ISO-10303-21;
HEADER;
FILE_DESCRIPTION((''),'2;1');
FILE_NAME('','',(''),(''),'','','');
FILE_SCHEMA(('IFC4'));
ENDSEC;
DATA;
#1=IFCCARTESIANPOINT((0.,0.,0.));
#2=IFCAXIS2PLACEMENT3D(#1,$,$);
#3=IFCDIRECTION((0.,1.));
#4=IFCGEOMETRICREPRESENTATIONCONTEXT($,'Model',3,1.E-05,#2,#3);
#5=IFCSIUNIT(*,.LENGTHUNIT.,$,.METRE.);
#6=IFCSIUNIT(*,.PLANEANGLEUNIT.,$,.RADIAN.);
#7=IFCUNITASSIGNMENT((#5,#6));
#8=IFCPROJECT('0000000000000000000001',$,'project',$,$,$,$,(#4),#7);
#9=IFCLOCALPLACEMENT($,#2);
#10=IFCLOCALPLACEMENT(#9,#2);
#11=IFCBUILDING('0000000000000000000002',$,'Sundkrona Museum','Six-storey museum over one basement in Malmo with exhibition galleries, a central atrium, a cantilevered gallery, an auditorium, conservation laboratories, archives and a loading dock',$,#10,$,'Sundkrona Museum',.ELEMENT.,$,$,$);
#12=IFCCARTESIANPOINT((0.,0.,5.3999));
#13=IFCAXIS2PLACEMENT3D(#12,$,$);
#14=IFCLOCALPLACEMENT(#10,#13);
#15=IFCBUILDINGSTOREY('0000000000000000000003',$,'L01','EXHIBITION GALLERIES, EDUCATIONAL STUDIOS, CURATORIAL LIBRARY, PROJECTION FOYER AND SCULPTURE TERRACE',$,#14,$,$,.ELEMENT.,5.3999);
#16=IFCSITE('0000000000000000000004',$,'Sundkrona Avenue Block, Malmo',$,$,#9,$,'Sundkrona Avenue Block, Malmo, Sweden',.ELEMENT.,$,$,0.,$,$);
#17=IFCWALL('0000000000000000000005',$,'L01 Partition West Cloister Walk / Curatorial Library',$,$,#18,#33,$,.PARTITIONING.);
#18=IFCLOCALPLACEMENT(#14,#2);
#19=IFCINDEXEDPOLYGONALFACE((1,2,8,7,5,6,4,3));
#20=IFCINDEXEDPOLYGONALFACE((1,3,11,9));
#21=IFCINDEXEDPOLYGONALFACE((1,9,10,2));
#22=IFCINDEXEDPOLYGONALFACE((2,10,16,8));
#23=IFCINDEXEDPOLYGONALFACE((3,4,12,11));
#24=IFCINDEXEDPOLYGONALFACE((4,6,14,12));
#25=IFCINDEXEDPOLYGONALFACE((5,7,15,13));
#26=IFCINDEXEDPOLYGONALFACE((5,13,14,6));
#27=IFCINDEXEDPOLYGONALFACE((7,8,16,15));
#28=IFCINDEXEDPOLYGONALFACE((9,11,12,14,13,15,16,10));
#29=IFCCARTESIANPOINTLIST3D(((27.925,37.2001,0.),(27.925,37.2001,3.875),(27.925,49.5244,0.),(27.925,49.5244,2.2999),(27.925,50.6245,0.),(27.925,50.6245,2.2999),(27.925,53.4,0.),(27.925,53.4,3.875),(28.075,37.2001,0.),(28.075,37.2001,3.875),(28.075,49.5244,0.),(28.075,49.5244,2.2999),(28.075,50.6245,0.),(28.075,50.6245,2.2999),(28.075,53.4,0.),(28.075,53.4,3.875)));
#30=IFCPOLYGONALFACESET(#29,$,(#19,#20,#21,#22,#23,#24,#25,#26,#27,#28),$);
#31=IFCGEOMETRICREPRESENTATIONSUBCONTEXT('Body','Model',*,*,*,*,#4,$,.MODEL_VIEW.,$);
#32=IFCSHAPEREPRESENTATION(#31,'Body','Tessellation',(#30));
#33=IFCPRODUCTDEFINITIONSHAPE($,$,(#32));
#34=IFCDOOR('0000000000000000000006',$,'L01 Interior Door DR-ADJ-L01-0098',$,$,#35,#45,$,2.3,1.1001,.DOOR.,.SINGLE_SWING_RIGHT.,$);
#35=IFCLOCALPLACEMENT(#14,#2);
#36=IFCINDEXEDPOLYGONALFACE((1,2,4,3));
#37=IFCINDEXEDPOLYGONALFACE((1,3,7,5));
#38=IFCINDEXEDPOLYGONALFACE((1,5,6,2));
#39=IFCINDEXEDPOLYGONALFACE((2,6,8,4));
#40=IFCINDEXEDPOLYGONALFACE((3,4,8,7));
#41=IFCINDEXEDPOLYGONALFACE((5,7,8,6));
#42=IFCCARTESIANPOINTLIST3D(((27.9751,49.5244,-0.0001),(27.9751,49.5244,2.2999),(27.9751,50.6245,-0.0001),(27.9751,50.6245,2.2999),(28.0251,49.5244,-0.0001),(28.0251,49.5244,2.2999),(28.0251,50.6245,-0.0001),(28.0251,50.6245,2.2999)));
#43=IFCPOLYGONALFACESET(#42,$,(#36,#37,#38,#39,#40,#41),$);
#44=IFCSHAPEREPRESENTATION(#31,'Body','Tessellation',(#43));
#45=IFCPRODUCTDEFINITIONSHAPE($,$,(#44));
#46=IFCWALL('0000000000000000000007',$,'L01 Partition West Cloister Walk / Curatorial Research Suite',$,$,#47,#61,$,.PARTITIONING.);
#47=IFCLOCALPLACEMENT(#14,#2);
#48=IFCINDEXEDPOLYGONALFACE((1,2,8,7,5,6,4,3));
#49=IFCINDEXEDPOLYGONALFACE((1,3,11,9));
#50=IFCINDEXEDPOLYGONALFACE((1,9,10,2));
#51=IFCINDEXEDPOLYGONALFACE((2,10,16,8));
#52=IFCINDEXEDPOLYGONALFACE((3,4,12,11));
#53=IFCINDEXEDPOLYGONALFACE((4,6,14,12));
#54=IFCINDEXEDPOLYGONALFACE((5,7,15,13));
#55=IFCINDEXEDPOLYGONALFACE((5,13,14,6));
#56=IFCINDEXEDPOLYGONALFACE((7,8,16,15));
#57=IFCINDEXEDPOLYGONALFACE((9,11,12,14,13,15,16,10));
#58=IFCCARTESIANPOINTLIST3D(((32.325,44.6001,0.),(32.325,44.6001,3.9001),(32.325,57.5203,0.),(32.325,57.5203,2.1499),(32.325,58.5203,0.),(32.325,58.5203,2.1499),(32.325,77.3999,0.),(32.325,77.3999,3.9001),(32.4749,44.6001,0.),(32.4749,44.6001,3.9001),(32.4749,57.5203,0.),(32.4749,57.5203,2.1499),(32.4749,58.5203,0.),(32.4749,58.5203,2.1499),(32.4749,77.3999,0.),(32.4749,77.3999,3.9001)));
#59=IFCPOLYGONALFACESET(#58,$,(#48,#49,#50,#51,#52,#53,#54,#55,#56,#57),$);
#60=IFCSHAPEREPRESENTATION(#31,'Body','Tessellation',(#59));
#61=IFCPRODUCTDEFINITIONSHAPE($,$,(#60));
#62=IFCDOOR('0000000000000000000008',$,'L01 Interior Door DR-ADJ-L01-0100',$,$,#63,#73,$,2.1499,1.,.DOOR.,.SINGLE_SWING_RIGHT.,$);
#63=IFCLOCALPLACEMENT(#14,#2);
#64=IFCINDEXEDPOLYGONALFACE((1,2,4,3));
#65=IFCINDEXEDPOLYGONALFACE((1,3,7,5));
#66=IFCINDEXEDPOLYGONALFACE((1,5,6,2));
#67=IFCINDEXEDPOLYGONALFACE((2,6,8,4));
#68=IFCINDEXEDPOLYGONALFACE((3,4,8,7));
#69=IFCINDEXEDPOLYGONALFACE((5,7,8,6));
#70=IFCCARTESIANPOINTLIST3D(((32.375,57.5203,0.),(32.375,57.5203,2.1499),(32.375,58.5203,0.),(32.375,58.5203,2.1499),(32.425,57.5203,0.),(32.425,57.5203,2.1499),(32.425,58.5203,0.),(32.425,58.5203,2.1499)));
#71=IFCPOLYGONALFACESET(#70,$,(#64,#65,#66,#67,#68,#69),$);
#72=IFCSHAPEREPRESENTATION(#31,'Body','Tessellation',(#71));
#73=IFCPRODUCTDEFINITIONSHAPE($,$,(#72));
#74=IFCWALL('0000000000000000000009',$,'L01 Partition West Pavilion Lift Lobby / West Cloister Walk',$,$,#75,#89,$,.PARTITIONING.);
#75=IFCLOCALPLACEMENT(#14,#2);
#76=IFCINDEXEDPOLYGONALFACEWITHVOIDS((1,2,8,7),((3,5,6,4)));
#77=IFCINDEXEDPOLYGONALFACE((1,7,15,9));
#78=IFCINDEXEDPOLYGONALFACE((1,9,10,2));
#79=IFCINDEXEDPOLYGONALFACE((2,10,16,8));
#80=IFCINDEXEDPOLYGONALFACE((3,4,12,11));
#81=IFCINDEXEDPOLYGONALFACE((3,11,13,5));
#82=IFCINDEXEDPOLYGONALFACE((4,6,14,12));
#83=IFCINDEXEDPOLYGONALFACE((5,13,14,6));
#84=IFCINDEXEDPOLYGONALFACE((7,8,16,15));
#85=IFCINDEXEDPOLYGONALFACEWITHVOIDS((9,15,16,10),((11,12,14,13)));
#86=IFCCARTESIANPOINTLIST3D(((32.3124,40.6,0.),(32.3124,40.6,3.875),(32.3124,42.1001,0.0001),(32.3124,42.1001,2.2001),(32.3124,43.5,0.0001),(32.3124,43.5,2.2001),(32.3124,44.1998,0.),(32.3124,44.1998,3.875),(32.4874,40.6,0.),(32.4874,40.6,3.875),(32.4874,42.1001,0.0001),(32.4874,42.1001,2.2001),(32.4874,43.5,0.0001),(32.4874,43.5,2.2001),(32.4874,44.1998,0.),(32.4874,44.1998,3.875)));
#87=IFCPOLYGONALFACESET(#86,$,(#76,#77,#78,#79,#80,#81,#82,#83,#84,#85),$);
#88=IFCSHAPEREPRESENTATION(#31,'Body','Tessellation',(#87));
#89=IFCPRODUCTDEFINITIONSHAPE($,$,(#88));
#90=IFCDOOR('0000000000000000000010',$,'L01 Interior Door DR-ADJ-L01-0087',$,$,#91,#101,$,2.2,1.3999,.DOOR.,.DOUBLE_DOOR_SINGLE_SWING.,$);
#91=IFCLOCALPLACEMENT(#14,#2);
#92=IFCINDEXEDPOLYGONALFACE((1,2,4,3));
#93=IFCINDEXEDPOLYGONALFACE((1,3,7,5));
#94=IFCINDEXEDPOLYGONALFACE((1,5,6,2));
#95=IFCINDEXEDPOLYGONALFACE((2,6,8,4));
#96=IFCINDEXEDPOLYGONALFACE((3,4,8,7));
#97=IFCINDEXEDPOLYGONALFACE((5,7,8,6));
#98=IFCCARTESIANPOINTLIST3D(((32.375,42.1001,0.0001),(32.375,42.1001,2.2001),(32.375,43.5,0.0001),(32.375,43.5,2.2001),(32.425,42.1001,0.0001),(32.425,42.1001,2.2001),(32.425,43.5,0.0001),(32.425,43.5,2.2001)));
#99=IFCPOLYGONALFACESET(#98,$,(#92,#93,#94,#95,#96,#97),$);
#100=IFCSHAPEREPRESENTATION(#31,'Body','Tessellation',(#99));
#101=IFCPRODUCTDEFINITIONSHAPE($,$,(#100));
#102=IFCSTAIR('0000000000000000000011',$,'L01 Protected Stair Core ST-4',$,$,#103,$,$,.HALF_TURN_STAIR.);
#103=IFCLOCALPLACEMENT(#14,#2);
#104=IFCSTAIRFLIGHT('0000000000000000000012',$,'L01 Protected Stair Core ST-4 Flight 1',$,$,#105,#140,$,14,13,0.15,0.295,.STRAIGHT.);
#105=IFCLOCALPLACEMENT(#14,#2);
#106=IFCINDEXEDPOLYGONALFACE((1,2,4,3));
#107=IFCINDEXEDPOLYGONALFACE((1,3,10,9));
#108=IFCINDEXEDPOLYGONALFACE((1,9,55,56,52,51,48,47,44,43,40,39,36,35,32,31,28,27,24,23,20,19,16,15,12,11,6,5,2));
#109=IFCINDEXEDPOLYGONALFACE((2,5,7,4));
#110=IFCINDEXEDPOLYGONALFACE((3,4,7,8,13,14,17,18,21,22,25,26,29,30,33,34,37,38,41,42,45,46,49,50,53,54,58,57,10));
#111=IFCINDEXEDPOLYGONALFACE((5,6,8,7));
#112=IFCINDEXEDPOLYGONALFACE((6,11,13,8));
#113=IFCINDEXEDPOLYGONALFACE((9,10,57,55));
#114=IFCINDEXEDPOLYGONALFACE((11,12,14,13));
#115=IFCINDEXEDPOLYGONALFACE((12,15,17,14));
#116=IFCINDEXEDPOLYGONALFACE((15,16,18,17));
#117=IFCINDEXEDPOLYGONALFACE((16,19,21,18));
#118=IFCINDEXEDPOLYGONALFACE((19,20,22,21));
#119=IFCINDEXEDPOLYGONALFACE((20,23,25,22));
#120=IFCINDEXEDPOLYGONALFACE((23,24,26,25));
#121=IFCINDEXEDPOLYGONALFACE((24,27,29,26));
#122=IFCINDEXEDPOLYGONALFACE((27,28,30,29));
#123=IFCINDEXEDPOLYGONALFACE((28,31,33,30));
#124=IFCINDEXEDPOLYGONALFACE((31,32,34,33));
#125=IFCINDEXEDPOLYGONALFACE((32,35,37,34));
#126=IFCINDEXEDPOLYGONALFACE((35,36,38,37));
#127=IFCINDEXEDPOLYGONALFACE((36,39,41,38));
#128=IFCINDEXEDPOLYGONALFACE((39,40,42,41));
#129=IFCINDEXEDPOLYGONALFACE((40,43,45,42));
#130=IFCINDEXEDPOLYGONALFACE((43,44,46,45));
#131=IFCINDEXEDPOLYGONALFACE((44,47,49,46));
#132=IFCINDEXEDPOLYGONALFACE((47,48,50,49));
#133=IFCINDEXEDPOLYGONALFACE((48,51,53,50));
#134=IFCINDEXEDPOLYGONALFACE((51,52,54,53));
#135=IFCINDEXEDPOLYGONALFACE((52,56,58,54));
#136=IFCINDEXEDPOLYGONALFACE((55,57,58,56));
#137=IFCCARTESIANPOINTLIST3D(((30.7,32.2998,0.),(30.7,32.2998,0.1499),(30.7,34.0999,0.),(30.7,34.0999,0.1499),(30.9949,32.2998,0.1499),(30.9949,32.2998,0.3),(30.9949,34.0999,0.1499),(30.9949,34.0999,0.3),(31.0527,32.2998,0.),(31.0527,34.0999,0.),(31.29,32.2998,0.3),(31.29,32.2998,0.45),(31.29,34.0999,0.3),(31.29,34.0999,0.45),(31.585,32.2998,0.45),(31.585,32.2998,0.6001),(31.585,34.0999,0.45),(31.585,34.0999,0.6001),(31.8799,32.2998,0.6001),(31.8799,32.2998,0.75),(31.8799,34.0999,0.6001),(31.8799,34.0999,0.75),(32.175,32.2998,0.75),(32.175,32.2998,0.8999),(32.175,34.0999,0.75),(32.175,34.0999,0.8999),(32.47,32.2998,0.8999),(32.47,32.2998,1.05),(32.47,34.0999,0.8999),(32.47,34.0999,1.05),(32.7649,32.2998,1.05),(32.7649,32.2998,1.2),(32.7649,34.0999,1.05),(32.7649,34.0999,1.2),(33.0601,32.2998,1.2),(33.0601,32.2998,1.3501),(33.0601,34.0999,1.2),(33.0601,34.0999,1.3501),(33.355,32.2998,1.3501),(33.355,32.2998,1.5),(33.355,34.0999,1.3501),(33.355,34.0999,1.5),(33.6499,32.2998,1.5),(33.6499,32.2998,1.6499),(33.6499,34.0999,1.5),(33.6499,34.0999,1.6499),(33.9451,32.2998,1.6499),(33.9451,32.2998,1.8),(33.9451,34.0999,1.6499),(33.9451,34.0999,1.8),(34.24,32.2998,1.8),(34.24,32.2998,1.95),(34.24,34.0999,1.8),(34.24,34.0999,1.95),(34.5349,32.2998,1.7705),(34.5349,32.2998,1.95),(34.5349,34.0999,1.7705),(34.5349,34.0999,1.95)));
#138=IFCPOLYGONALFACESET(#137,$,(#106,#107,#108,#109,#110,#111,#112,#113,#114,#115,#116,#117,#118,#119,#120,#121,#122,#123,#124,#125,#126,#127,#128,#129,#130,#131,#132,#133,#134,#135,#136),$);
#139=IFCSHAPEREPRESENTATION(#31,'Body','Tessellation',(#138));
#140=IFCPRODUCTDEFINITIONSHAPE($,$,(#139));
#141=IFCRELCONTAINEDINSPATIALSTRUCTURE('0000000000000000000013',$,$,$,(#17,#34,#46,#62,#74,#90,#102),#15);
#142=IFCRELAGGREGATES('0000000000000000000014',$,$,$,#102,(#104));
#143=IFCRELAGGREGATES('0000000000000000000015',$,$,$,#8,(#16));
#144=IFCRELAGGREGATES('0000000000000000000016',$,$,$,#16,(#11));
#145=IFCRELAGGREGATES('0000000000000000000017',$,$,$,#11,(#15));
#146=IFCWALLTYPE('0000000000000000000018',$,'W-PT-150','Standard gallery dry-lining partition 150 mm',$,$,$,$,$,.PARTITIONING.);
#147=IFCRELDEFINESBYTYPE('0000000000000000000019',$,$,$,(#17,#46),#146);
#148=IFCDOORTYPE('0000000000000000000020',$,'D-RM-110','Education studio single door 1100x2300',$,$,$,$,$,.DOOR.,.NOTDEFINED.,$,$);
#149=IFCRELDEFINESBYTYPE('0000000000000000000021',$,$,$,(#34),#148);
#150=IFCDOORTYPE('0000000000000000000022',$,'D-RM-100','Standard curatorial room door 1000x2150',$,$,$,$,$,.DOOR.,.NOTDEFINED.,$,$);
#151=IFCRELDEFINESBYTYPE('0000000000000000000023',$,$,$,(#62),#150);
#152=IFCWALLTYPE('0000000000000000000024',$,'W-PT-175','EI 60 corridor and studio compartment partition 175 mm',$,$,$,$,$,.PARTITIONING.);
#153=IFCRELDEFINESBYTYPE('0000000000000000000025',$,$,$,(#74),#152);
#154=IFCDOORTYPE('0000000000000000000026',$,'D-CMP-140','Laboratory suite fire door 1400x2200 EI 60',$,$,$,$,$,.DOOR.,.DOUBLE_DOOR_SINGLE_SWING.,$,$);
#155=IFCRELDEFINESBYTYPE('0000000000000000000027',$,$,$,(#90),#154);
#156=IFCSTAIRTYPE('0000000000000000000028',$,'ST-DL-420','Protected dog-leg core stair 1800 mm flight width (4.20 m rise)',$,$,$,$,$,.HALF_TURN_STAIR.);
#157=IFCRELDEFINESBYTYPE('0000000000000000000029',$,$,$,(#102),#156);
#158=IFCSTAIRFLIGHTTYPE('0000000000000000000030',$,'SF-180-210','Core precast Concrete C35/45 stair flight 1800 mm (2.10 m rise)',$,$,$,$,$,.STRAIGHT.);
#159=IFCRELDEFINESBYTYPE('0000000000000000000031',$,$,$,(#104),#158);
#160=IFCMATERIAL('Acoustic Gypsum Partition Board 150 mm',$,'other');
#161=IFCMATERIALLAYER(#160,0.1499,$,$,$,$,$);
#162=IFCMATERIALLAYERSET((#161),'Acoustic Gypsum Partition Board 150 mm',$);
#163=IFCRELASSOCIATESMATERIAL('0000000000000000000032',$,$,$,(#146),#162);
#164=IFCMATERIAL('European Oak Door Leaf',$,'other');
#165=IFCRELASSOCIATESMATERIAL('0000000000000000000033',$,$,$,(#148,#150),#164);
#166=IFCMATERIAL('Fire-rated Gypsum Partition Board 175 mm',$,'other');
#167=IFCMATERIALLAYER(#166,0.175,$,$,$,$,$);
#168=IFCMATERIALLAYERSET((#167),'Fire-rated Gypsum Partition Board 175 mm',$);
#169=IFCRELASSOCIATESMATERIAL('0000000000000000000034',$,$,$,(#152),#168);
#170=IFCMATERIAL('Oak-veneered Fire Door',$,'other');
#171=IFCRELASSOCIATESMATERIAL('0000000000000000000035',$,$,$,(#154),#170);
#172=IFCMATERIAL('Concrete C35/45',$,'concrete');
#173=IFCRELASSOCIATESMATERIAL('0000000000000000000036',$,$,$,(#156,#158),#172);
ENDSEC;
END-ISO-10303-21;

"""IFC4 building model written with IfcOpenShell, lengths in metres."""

from ifc_helpers import new_model, si_unit, direction, frame, frame_2d, origin, place, context, subcontext, project, spatial, polyline, rectangle, outline, extrude, material, layer, layer_set, type_object, element, fill, aggregate, save


model = new_model("IFC4")

# Units and contexts
model_context = context("Model", 3, precision=1e-05, world=origin(), true_north=direction((0.0, 1.0)))
body_context = subcontext(model_context, "Body", "Model", "MODEL_VIEW")
ifc_project = project(units=[si_unit("LENGTHUNIT", "METRE"), si_unit("PLANEANGLEUNIT", "RADIAN")], contexts=[model_context])

# Site, building, storey
site_placement = place(None, origin())
site = spatial("IfcSite", under=ifc_project, at=site_placement, Name="Sundkrona Avenue Block, Malmo", LongName="Sundkrona Avenue Block, Malmo, Sweden", CompositionType="ELEMENT", RefElevation=0.0)
building_placement = place(site_placement, origin())
building = spatial("IfcBuilding", under=site, at=building_placement, Name="Sundkrona Museum", Description="Six-storey museum over one basement in Malmo with exhibition galleries, a central atrium, a cantilevered gallery, an auditorium, conservation laboratories, archives and a loading dock", LongName="Sundkrona Museum", CompositionType="ELEMENT")
storey_placement = place(building_placement, frame((0.0, 0.0, 5.3999)))
storey = spatial("IfcBuildingStorey", under=building, at=storey_placement, Name="L01", Description="EXHIBITION GALLERIES, EDUCATIONAL STUDIOS, CURATORIAL LIBRARY, PROJECTION FOYER AND SCULPTURE TERRACE", CompositionType="ELEMENT", Elevation=5.3999)

# Walls, openings, doors
ifc_material_1 = material(Name="Acoustic Gypsum Partition Board 150 mm", Category="other")
ifc_layer_1 = layer(ifc_material_1, 0.1499)
ifc_layer_set_1 = layer_set([ifc_layer_1], Name="Acoustic Gypsum Partition Board 150 mm")
wall_type_1 = type_object("IfcWallType", Name="W-PT-150", Description="Standard gallery dry-lining partition 150 mm", PredefinedType="PARTITIONING", material=ifc_layer_set_1)
wall_1_placement = place(storey_placement, frame((28.0, 37.2, 0.0), z_axis=(0.0, 0.0, 1.0), x_axis=(0.0, 1.0, 0.0)))
wall_1 = element("IfcWall", 1, at=wall_1_placement, inside=storey, type_object=wall_type_1, Name="L01 Partition West Cloister Walk / Curatorial Library", PredefinedType="PARTITIONING", context=body_context, shape_type="SweptSolid", body=[
    extrude(rectangle(XDim=16.2, YDim=0.1499, at=frame_2d((8.1001, 0.0))), origin(), (0.0, 0.0, 1.0), 3.875),
])
opening_1_placement = place(wall_1_placement, frame((12.3245, 0.0, 0.0)))
opening_1 = element("IfcOpeningElement", 2, at=opening_1_placement, cuts=wall_1, PredefinedType="OPENING", context=body_context, shape_type="SweptSolid", body=[
    extrude(rectangle(XDim=1.1001, YDim=2.3, at=frame_2d((0.55, 1.1499))), frame((0.0, 0.085, 0.0), z_axis=(0.0, -1.0, 0.0), x_axis=(1.0, 0.0, 0.0)), (0.0, 0.0, 1.0), 0.1699),
])
ifc_material_2 = material(Name="European Oak Door Leaf", Category="other")
door_type_1 = type_object("IfcDoorType", Name="D-RM-110", Description="Education studio single door 1100x2300", OperationType="NOTDEFINED", PredefinedType="DOOR", material=ifc_material_2)
door_1_placement = place(opening_1_placement, origin())
door_1 = element("IfcDoor", 3, at=door_1_placement, inside=storey, type_object=door_type_1, Name="L01 Interior Door DR-ADJ-L01-0098", OperationType="SINGLE_SWING_RIGHT", OverallHeight=2.3, OverallWidth=1.1001, PredefinedType="DOOR", context=body_context, shape_type="SweptSolid", body=[
    extrude(rectangle(XDim=1.1001, YDim=2.3, at=frame_2d((0.55, 1.1499))), frame((0.0, 0.0249, 0.0), z_axis=(0.0, -1.0, 0.0), x_axis=(1.0, 0.0, 0.0)), (0.0, 0.0, 1.0), 0.05),
])
fill(opening_1, door_1)
wall_2_placement = place(storey_placement, frame((32.3999, 44.6001, 0.0), z_axis=(0.0, 0.0, 1.0), x_axis=(0.0, 1.0, 0.0)))
wall_2 = element("IfcWall", 4, at=wall_2_placement, inside=storey, type_object=wall_type_1, Name="L01 Partition West Cloister Walk / Curatorial Research Suite", PredefinedType="PARTITIONING", context=body_context, shape_type="SweptSolid", body=[
    extrude(rectangle(XDim=32.7998, YDim=0.1499, at=frame_2d((16.3999, 0.0))), origin(), (0.0, 0.0, 1.0), 3.9001),
])
opening_2_placement = place(wall_2_placement, frame((12.9202, 0.0, 0.0)))
opening_2 = element("IfcOpeningElement", 5, at=opening_2_placement, cuts=wall_2, PredefinedType="OPENING", context=body_context, shape_type="SweptSolid", body=[
    extrude(rectangle(XDim=1.0, YDim=2.1499, at=frame_2d((0.5, 1.075))), frame((0.0, 0.085, 0.0), z_axis=(0.0, -1.0, 0.0), x_axis=(1.0, 0.0, 0.0)), (0.0, 0.0, 1.0), 0.1699),
])
door_type_2 = type_object("IfcDoorType", Name="D-RM-100", Description="Standard curatorial room door 1000x2150", OperationType="NOTDEFINED", PredefinedType="DOOR", material=ifc_material_2)
door_2_placement = place(opening_2_placement, origin())
door_2 = element("IfcDoor", 6, at=door_2_placement, inside=storey, type_object=door_type_2, Name="L01 Interior Door DR-ADJ-L01-0100", OperationType="SINGLE_SWING_RIGHT", OverallHeight=2.1499, OverallWidth=1.0, PredefinedType="DOOR", context=body_context, shape_type="SweptSolid", body=[
    extrude(rectangle(XDim=1.0, YDim=2.1499, at=frame_2d((0.5, 1.075))), frame((0.0, 0.0249, 0.0), z_axis=(0.0, -1.0, 0.0), x_axis=(1.0, 0.0, 0.0)), (0.0, 0.0, 1.0), 0.05),
])
fill(opening_2, door_2)
ifc_material_3 = material(Name="Fire-rated Gypsum Partition Board 175 mm", Category="other")
ifc_layer_2 = layer(ifc_material_3, 0.175)
ifc_layer_set_2 = layer_set([ifc_layer_2], Name="Fire-rated Gypsum Partition Board 175 mm")
wall_type_2 = type_object("IfcWallType", Name="W-PT-175", Description="EI 60 corridor and studio compartment partition 175 mm", PredefinedType="PARTITIONING", material=ifc_layer_set_2)
wall_3_placement = place(storey_placement, frame((32.3999, 40.6001, 0.0), z_axis=(0.0, 0.0, 1.0), x_axis=(0.0, 1.0, 0.0)))
wall_3 = element("IfcWall", 7, at=wall_3_placement, inside=storey, type_object=wall_type_2, Name="L01 Partition West Pavilion Lift Lobby / West Cloister Walk", PredefinedType="PARTITIONING", context=body_context, shape_type="SweptSolid", body=[
    extrude(rectangle(XDim=3.5999, YDim=0.175, at=frame_2d((1.7998, 0.0))), origin(), (0.0, 0.0, 1.0), 3.875),
])
opening_3_placement = place(wall_3_placement, frame((1.5, 0.0, 0.0)))
opening_3 = element("IfcOpeningElement", 8, at=opening_3_placement, cuts=wall_3, PredefinedType="OPENING", context=body_context, shape_type="SweptSolid", body=[
    extrude(rectangle(XDim=1.3999, YDim=2.2, at=frame_2d((0.7, 1.1001))), frame((0.0, 0.0974, 0.0), z_axis=(0.0, -1.0, 0.0), x_axis=(1.0, 0.0, 0.0)), (0.0, 0.0, 1.0), 0.1951),
])
ifc_material_4 = material(Name="Oak-veneered Fire Door", Category="other")
door_type_3 = type_object("IfcDoorType", Name="D-CMP-140", Description="Laboratory suite fire door 1400x2200 EI 60", OperationType="DOUBLE_DOOR_SINGLE_SWING", PredefinedType="DOOR", material=ifc_material_4)
door_3_placement = place(opening_3_placement, origin())
door_3 = element("IfcDoor", 9, at=door_3_placement, inside=storey, type_object=door_type_3, Name="L01 Interior Door DR-ADJ-L01-0087", OperationType="DOUBLE_DOOR_SINGLE_SWING", OverallHeight=2.2, OverallWidth=1.3999, PredefinedType="DOOR", context=body_context, shape_type="SweptSolid", body=[
    extrude(rectangle(XDim=1.3999, YDim=2.2, at=frame_2d((0.7, 1.1001))), frame((0.0, 0.0249, 0.0), z_axis=(0.0, -1.0, 0.0), x_axis=(1.0, 0.0, 0.0)), (0.0, 0.0, 1.0), 0.05),
])
fill(opening_3, door_3)

# Stair, stair flight
ifc_material_5 = material(Name="Concrete C35/45", Category="concrete")
stair_type = type_object("IfcStairType", Name="ST-DL-420", Description="Protected dog-leg core stair 1800 mm flight width (4.20 m rise)", PredefinedType="HALF_TURN_STAIR", material=ifc_material_5)
stair_placement = place(storey_placement, origin())
stair = element("IfcStair", 10, at=stair_placement, inside=storey, type_object=stair_type, Name="L01 Protected Stair Core ST-4", PredefinedType="HALF_TURN_STAIR")
stair_flight_type = type_object("IfcStairFlightType", Name="SF-180-210", Description="Core precast Concrete C35/45 stair flight 1800 mm (2.10 m rise)", PredefinedType="STRAIGHT", material=ifc_material_5)
stair_flight_placement = place(storey_placement, frame((30.7, 33.2, 0.0), z_axis=(0.0, 0.0, 1.0), x_axis=(1.0, 0.0, 0.0)))
stair_flight = element("IfcStairFlight", 11, at=stair_flight_placement, type_object=stair_flight_type, Name="L01 Protected Stair Core ST-4 Flight 1", NumberOfRisers=14, NumberOfTreads=13, PredefinedType="STRAIGHT", RiserHeight=0.15, TreadLength=0.295, context=body_context, shape_type="SweptSolid", body=[
    extrude(outline(polyline([(0.0, 0.0), (0.0, 0.1499), (0.2949, 0.1499), (0.2949, 0.3), (0.5901, 0.3), (0.5901, 0.45), (0.885, 0.45), (0.885, 0.6001), (1.1799, 0.6001), (1.1799, 0.75), (1.4751, 0.75), (1.4751, 0.8999), (1.77, 0.8999), (1.77, 1.05), (2.0649, 1.05), (2.0649, 1.2), (2.3601, 1.2), (2.3601, 1.3501), (2.655, 1.3501), (2.655, 1.5), (2.95, 1.5), (2.95, 1.6499), (3.2451, 1.6499), (3.2451, 1.8), (3.54, 1.8), (3.54, 1.95), (3.835, 1.95), (3.835, 2.1001), (3.835, 1.7705), (0.3528, 0.0), (0.0, 0.0)])), frame((0.0, 0.8999, 0.0), z_axis=(0.0, -1.0, 0.0), x_axis=(1.0, 0.0, 0.0)), (0.0, 0.0, 1.0), 1.8),
])
aggregate(stair, [stair_flight])

save(model, "model.ifc")
